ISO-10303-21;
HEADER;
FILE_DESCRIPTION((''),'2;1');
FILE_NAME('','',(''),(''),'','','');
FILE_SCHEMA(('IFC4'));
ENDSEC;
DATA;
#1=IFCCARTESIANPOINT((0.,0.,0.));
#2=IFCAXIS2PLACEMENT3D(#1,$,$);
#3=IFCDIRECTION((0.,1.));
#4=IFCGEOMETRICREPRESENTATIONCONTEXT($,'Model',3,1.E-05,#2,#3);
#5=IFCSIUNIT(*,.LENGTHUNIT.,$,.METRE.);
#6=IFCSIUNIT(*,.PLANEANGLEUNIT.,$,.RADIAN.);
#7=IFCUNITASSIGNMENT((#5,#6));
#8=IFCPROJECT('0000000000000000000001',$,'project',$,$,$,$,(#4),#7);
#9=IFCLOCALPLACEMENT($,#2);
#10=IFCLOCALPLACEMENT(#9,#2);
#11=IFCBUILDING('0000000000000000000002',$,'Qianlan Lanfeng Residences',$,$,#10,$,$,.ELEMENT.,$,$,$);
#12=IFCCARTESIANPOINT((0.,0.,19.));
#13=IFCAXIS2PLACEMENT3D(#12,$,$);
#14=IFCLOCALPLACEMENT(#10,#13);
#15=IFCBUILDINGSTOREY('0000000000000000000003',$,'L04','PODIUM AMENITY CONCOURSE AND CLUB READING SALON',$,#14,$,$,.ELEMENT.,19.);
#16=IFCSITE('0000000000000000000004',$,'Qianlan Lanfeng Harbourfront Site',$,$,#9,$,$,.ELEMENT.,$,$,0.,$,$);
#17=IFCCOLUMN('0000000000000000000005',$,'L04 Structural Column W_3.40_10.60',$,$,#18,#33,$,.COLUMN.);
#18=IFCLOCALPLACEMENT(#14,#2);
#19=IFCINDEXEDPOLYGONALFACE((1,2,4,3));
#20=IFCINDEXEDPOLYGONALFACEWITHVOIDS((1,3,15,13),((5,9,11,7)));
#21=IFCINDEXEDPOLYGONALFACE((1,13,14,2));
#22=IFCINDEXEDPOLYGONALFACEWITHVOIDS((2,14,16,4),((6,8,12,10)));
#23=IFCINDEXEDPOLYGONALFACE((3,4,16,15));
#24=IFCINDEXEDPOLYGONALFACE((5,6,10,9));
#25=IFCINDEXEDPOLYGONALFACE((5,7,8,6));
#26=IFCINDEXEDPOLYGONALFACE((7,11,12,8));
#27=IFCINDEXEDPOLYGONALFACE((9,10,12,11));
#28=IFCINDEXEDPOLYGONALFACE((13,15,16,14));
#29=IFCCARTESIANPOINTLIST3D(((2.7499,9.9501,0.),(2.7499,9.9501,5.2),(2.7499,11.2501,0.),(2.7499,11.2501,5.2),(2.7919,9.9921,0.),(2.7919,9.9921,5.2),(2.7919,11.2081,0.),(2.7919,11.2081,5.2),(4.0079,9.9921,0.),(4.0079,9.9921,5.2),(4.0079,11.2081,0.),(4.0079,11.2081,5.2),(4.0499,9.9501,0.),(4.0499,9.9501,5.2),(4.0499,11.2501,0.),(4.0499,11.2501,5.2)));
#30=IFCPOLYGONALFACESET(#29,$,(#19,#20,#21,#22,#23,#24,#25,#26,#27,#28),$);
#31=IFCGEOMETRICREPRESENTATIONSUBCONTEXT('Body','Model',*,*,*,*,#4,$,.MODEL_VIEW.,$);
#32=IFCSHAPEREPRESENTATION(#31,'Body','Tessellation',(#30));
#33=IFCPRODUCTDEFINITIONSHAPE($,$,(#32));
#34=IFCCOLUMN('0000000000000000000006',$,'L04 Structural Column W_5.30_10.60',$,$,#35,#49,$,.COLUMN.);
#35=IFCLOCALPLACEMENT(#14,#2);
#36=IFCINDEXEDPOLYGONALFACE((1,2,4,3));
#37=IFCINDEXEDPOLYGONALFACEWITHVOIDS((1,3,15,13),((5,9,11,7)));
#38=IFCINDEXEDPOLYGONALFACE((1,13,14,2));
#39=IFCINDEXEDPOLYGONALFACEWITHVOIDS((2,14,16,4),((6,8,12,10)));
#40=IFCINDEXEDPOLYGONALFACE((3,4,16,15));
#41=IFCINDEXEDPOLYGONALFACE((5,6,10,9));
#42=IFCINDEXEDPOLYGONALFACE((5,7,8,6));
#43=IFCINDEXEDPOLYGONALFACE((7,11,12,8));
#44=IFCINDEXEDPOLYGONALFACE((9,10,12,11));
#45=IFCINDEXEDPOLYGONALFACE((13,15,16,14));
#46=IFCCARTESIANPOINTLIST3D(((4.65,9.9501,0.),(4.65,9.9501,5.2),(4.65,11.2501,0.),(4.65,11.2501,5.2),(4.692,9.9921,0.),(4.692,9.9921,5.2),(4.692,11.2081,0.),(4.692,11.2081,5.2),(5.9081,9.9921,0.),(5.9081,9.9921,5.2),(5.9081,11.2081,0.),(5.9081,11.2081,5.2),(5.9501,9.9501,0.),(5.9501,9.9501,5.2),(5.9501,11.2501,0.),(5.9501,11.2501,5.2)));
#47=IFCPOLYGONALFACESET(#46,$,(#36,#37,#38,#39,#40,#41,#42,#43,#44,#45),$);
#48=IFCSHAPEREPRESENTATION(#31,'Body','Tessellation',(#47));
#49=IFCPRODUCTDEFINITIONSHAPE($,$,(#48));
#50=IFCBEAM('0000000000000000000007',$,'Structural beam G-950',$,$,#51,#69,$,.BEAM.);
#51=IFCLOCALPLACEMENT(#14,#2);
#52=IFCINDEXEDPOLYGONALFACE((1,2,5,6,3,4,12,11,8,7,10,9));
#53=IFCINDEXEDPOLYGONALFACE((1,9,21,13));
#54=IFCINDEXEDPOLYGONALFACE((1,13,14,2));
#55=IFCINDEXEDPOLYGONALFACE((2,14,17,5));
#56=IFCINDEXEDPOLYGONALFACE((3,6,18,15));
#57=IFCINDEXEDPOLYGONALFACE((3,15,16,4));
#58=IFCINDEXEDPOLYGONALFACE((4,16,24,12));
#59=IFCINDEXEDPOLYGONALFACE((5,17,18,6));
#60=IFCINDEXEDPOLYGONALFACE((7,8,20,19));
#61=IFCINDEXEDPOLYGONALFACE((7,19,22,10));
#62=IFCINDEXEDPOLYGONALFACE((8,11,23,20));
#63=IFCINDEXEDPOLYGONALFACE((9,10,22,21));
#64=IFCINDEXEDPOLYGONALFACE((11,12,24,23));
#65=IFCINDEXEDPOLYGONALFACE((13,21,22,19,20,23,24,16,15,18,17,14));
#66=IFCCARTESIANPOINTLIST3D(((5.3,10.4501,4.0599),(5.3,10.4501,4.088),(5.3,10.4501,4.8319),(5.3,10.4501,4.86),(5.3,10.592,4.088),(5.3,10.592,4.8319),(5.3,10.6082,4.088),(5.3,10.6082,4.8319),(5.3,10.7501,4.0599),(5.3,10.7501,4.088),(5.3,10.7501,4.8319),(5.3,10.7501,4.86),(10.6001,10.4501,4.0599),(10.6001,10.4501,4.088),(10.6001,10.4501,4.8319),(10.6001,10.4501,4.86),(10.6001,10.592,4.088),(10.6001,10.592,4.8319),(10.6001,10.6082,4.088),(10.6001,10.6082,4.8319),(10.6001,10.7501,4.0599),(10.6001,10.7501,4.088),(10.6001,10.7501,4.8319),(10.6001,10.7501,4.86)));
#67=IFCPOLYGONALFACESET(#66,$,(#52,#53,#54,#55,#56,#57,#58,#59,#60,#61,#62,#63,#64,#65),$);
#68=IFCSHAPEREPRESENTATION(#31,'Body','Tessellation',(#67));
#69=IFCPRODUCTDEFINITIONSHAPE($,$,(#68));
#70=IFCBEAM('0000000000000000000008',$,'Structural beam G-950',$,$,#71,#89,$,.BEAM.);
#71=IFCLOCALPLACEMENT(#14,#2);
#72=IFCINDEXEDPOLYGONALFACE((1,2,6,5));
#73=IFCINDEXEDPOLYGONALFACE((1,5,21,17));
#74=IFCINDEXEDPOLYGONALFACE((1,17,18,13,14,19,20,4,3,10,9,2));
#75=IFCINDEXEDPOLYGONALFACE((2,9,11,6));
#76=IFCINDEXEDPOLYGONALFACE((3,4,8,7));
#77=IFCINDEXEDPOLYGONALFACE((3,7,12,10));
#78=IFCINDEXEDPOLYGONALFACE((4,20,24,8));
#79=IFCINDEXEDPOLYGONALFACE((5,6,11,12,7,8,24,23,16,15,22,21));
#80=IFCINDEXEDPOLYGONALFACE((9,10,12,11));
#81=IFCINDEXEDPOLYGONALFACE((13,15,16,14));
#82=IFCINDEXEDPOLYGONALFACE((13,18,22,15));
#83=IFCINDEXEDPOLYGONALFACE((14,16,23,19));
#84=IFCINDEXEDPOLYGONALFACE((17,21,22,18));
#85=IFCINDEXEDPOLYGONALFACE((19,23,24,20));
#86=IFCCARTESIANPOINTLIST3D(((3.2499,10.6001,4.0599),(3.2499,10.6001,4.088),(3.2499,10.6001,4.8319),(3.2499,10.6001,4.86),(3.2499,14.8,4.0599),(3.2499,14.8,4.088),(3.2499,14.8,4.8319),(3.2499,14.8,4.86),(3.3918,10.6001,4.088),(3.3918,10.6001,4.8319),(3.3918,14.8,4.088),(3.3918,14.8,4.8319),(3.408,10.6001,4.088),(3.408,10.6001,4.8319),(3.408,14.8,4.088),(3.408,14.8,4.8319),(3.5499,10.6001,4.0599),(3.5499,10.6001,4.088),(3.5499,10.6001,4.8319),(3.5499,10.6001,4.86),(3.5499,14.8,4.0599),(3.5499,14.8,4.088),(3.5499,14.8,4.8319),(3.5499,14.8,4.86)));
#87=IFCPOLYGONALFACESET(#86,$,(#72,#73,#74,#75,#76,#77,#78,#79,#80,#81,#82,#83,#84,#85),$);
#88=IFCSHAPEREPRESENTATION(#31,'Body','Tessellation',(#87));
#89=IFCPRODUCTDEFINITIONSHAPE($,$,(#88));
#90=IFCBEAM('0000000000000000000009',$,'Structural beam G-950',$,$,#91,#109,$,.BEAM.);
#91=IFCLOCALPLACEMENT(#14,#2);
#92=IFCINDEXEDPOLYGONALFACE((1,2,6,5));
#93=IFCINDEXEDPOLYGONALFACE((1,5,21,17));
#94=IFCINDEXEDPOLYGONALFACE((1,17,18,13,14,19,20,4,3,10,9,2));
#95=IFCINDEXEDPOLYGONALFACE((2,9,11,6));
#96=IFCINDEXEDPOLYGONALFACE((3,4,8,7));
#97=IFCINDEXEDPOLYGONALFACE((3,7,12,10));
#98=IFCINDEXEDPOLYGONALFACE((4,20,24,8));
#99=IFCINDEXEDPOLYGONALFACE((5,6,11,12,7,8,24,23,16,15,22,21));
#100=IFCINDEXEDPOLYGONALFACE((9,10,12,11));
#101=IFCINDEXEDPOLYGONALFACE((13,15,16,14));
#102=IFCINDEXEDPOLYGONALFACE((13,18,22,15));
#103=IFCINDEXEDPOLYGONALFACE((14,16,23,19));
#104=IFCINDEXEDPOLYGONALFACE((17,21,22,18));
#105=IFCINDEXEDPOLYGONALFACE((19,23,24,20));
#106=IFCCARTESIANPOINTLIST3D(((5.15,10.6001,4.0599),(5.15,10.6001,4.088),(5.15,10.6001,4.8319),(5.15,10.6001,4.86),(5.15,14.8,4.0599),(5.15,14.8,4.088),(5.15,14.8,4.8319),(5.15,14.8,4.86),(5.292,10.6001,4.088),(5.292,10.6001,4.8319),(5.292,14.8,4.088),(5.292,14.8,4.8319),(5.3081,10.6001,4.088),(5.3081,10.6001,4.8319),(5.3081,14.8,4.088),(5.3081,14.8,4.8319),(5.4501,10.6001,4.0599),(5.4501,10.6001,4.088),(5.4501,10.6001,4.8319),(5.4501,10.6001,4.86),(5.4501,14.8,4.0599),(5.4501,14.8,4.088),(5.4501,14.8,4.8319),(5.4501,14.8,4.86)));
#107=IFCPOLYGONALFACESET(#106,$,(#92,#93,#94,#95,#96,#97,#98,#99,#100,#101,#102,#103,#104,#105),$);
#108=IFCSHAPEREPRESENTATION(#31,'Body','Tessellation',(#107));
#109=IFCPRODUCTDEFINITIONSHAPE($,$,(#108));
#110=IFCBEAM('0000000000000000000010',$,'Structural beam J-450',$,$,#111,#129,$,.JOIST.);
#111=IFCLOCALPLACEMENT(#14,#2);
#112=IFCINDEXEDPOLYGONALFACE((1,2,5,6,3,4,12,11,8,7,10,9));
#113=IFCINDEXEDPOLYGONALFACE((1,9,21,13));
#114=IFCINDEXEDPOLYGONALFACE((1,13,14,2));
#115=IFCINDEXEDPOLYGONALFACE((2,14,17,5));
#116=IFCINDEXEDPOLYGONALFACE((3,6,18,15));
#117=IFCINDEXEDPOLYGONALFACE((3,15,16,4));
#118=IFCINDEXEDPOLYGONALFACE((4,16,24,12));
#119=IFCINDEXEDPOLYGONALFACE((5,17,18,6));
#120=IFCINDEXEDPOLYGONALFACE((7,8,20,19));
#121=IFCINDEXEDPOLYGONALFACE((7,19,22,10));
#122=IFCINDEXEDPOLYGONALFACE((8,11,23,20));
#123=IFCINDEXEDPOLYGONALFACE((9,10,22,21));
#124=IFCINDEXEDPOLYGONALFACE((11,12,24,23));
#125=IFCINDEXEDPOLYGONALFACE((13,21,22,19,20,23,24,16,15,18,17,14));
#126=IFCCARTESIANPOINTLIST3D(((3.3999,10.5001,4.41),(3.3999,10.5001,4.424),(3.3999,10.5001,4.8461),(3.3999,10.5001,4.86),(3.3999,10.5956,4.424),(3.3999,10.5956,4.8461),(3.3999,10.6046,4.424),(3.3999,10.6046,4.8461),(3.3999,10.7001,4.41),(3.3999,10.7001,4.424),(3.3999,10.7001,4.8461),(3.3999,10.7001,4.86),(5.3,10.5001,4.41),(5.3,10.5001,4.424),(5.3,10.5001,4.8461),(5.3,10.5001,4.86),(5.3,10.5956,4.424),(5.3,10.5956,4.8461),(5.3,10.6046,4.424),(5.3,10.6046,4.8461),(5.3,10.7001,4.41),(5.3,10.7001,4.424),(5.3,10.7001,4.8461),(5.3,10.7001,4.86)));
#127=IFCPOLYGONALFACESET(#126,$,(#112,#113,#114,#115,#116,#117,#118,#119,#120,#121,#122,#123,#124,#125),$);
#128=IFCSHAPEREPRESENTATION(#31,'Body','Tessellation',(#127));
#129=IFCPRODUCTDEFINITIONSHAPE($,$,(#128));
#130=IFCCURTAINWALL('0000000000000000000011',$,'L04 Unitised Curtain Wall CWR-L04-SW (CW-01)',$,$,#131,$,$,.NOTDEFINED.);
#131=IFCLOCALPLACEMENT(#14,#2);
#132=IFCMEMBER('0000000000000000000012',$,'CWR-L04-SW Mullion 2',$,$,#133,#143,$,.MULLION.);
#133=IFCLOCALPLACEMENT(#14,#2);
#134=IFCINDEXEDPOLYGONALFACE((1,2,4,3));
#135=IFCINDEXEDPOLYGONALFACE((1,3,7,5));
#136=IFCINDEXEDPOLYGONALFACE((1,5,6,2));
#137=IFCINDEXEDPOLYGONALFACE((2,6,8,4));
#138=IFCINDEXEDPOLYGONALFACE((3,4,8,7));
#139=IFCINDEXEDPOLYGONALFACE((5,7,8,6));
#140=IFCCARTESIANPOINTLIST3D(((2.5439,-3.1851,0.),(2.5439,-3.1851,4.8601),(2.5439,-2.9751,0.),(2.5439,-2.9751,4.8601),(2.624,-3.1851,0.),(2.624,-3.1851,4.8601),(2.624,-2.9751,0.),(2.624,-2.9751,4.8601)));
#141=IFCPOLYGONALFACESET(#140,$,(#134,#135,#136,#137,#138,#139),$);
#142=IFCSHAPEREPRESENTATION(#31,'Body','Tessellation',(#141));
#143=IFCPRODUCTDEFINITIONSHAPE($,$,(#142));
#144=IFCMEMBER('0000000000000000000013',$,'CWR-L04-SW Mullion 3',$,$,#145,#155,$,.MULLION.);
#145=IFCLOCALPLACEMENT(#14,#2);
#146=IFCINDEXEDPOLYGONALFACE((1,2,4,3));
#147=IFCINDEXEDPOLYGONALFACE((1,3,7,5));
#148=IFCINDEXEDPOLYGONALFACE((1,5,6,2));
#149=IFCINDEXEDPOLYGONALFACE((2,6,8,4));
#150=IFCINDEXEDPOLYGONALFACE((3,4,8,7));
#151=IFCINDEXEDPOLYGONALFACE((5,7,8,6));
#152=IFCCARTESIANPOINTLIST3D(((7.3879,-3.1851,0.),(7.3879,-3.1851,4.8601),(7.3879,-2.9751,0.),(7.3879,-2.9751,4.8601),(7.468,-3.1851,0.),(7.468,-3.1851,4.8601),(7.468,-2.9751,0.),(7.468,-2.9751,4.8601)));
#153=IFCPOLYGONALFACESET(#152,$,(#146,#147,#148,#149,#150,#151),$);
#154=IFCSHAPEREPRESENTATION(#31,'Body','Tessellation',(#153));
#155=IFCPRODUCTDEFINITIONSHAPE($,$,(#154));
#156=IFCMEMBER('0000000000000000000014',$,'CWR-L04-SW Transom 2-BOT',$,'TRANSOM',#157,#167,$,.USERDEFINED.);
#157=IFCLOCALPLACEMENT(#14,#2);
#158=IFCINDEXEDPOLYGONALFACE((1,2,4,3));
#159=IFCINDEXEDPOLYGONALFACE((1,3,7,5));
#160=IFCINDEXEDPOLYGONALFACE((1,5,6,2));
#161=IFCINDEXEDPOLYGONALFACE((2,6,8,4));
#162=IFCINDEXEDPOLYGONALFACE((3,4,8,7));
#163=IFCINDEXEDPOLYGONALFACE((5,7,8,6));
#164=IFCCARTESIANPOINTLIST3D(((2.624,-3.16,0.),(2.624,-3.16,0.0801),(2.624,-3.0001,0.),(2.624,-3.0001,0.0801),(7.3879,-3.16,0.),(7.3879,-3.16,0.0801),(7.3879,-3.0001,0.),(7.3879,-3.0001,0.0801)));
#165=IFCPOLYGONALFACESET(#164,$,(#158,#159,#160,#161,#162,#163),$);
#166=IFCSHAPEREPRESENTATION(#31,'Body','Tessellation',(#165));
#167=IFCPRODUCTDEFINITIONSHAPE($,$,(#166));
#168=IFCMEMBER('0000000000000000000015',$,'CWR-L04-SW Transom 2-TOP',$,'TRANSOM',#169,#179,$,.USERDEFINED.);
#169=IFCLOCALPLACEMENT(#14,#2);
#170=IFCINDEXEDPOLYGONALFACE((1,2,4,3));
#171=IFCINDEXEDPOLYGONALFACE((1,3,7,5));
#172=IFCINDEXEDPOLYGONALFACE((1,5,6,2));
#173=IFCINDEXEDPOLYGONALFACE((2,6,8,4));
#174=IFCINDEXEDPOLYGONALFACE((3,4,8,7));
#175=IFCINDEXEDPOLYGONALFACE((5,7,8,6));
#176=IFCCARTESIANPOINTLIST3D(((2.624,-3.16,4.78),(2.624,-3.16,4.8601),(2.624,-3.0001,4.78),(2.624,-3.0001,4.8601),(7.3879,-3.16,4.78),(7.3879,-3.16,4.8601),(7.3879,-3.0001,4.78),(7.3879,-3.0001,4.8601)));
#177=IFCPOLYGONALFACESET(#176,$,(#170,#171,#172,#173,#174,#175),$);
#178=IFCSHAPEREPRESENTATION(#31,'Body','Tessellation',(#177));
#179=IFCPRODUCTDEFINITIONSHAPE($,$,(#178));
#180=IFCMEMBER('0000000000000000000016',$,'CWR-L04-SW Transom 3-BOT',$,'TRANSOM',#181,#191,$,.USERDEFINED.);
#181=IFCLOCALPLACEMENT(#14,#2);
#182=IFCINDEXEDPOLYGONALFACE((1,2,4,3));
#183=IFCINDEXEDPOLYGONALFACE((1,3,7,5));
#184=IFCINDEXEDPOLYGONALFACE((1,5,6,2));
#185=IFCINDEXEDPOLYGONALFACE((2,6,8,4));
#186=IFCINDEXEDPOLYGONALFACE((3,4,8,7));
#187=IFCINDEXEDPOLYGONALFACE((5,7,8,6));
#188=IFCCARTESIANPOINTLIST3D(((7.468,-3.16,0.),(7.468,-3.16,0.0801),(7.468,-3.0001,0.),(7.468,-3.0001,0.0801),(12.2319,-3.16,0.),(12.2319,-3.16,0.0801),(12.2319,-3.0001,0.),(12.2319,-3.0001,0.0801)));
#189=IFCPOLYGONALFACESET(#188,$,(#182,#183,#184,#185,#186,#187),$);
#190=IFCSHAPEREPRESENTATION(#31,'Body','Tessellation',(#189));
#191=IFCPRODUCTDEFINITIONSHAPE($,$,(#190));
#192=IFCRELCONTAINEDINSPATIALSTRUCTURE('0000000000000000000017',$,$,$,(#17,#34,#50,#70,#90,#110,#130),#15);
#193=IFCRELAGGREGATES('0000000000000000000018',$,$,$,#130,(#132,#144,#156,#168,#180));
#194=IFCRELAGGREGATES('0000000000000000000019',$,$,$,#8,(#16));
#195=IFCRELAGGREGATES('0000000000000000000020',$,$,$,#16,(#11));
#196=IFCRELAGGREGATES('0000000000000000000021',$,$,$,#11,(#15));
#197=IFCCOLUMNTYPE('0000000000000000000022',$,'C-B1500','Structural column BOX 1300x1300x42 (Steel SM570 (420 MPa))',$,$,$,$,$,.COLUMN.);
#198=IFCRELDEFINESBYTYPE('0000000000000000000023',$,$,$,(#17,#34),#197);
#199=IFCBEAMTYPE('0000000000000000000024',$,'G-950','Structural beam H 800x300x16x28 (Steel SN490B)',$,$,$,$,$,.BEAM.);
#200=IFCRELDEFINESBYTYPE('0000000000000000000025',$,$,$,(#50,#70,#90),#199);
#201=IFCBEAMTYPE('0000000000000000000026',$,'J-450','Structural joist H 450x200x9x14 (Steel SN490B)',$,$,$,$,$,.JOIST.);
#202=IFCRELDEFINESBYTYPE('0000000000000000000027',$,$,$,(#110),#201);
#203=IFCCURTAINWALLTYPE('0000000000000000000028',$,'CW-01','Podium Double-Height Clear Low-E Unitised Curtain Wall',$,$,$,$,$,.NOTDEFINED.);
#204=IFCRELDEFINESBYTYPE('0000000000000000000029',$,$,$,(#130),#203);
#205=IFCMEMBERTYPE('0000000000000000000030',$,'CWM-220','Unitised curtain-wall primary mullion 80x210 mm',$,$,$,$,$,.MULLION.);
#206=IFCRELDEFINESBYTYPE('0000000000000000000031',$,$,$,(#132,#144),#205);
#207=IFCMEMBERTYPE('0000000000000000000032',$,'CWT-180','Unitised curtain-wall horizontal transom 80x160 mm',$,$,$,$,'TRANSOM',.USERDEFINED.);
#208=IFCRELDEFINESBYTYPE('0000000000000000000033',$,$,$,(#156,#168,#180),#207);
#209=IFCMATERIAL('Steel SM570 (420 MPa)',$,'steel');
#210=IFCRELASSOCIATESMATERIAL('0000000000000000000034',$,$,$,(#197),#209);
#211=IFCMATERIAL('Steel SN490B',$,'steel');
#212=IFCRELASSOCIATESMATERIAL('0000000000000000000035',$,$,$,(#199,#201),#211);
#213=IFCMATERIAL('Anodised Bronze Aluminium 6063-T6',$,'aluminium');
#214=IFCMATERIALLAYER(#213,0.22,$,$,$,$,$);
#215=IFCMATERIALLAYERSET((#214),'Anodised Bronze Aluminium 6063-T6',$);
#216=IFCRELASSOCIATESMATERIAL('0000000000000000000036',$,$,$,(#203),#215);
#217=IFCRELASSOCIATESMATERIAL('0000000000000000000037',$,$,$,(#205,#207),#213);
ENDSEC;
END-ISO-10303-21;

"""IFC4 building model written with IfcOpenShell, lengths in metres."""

from ifc_helpers import new_model, si_unit, direction, frame, origin, origin_2d, place, context, subcontext, project, spatial, rectangle, hollow_rectangle, i_section, extrude, source, transform, mapped, material, layer, layer_set, material_profile, profile_set, type_object, element, aggregate, save


model = new_model("IFC4")

# Units and contexts
model_context = context("Model", 3, precision=1e-05, world=origin(), true_north=direction((0.0, 1.0)))
body_context = subcontext(model_context, "Body", "Model", "MODEL_VIEW")
ifc_project = project(units=[si_unit("LENGTHUNIT", "METRE"), si_unit("PLANEANGLEUNIT", "RADIAN")], contexts=[model_context])

# Site, building, storey
site_placement = place(None, origin())
site = spatial("IfcSite", under=ifc_project, at=site_placement, Name="Qianlan Lanfeng Harbourfront Site", CompositionType="ELEMENT", RefElevation=0.0)
building_placement = place(site_placement, origin())
building = spatial("IfcBuilding", under=site, at=building_placement, Name="Qianlan Lanfeng Residences", CompositionType="ELEMENT")
storey_placement = place(building_placement, frame((0.0, 0.0, 19.0)))
storey = spatial("IfcBuildingStorey", under=building, at=storey_placement, Name="L04", Description="PODIUM AMENITY CONCOURSE AND CLUB READING SALON", CompositionType="ELEMENT", Elevation=19.0)

# Columns
ifc_material_1 = material(Name="Steel SM570 (420 MPa)", Category="steel")
ifc_material_profile_1 = material_profile(ifc_material_1, hollow_rectangle(XDim=1.3, YDim=1.3, WallThickness=0.042, at=origin_2d()), Name="BOX 1300x1300x42")
ifc_profile_set_1 = profile_set([ifc_material_profile_1], Name="Steel SM570 (420 MPa)")
column_type = type_object("IfcColumnType", Name="C-B1500", Description="Structural column BOX 1300x1300x42 (Steel SM570 (420 MPa))", PredefinedType="COLUMN", material=ifc_profile_set_1)
for number, where, z_axis, x_axis, name in (
    (1, (3.3999, 10.6001, 0.0), (0.0, 0.0, 1.0), (1.0, 0.0, 0.0), "L04 Structural Column W_3.40_10.60"),
    (2, (5.3, 10.6001, 0.0), (0.0, 0.0, 1.0), (1.0, 0.0, 0.0), "L04 Structural Column W_5.30_10.60"),
):
    element("IfcColumn", number, at=place(storey_placement, frame(where, z_axis=z_axis, x_axis=x_axis)), inside=storey, type_object=column_type, Name=name, PredefinedType="COLUMN", context=body_context, shape_type="SweptSolid", body=[
        extrude(hollow_rectangle(XDim=1.3, YDim=1.3, WallThickness=0.042, at=origin_2d()), origin(), (0.0, 0.0, 1.0), 5.2),
    ])

# Beams
ifc_material_2 = material(Name="Steel SN490B", Category="steel")
ifc_material_profile_2 = material_profile(ifc_material_2, i_section(OverallWidth=0.3, OverallDepth=0.8, WebThickness=0.0161, FlangeThickness=0.0281, at=origin_2d()), Name="H 800x300x16x28")
ifc_profile_set_2 = profile_set([ifc_material_profile_2], Name="Steel SN490B")
beam_type_1 = type_object("IfcBeamType", Name="G-950", Description="Structural beam H 800x300x16x28 (Steel SN490B)", PredefinedType="BEAM", material=ifc_profile_set_2)
beam_1_placement = place(storey_placement, frame((5.3, 10.6001, 4.46), z_axis=(1.0, 0.0, 0.0), x_axis=(0.0, 1.0, 0.0)))
element("IfcBeam", 3, at=beam_1_placement, inside=storey, type_object=beam_type_1, Name="Structural beam G-950", PredefinedType="BEAM", context=body_context, shape_type="SweptSolid", body=[
    extrude(i_section(OverallWidth=0.3, OverallDepth=0.8, WebThickness=0.0161, FlangeThickness=0.0281, at=origin_2d()), origin(), (0.0, 0.0, 1.0), 5.3),
])
for number, where, z_axis, x_axis, name in (
    (4, (3.3999, 10.6001, 4.46), (0.0, 1.0, 0.0), (-1.0, 0.0, 0.0), "Structural beam G-950"),
    (5, (5.3, 10.6001, 4.46), (0.0, 1.0, 0.0), (-1.0, 0.0, 0.0), "Structural beam G-950"),
):
    element("IfcBeam", number, at=place(storey_placement, frame(where, z_axis=z_axis, x_axis=x_axis)), inside=storey, type_object=beam_type_1, Name=name, PredefinedType="BEAM", context=body_context, shape_type="SweptSolid", body=[
        extrude(i_section(OverallWidth=0.3, OverallDepth=0.8, WebThickness=0.0161, FlangeThickness=0.0281, at=origin_2d()), origin(), (0.0, 0.0, 1.0), 4.2),
    ])
ifc_material_profile_3 = material_profile(ifc_material_2, i_section(OverallWidth=0.2, OverallDepth=0.45, WebThickness=0.009, FlangeThickness=0.0139, at=origin_2d()), Name="H 450x200x9x14")
ifc_profile_set_3 = profile_set([ifc_material_profile_3], Name="Steel SN490B")
beam_type_2 = type_object("IfcBeamType", Name="J-450", Description="Structural joist H 450x200x9x14 (Steel SN490B)", PredefinedType="JOIST", material=ifc_profile_set_3)
beam_2_placement = place(storey_placement, frame((3.3999, 10.6001, 4.635), z_axis=(1.0, 0.0, 0.0), x_axis=(0.0, 1.0, 0.0)))
element("IfcBeam", 6, at=beam_2_placement, inside=storey, type_object=beam_type_2, Name="Structural beam J-450", PredefinedType="JOIST", context=body_context, shape_type="SweptSolid", body=[
    extrude(i_section(OverallWidth=0.2, OverallDepth=0.45, WebThickness=0.009, FlangeThickness=0.0139, at=origin_2d()), origin(), (0.0, 0.0, 1.0), 1.9001),
])

# Curtain wall, members
ifc_material_3 = material(Name="Anodised Bronze Aluminium 6063-T6", Category="aluminium")
ifc_layer_1 = layer(ifc_material_3, 0.22)
ifc_layer_set_1 = layer_set([ifc_layer_1], Name="Anodised Bronze Aluminium 6063-T6")
curtain_wall_type = type_object("IfcCurtainWallType", Name="CW-01", Description="Podium Double-Height Clear Low-E Unitised Curtain Wall", PredefinedType="NOTDEFINED", material=ifc_layer_set_1)
curtain_wall_placement = place(storey_placement, origin())
curtain_wall = element("IfcCurtainWall", 7, at=curtain_wall_placement, inside=storey, type_object=curtain_wall_type, Name="L04 Unitised Curtain Wall CWR-L04-SW (CW-01)", PredefinedType="NOTDEFINED")
ifc_material_profile_4 = material_profile(ifc_material_3, rectangle(XDim=0.0801, YDim=0.21, at=origin_2d()), Name="ALU MULLION 80x210")
ifc_profile_set_4 = profile_set([ifc_material_profile_4], Name="Anodised Bronze Aluminium 6063-T6")
member_type_1 = type_object("IfcMemberType", Name="CWM-220", Description="Unitised curtain-wall primary mullion 80x210 mm", PredefinedType="MULLION", material=ifc_profile_set_4)
shared_shape_1 = source(origin(), body_context, "Body", "SweptSolid", [
    extrude(rectangle(XDim=0.0801, YDim=0.21, at=origin_2d()), origin(), (0.0, 0.0, 1.0), 4.8601),
])
member_1_placement = place(storey_placement, frame((2.584, -3.0801, 0.0), z_axis=(0.0, 0.0, 1.0), x_axis=(1.0, 0.0, 0.0)))
member_1 = element("IfcMember", 8, at=member_1_placement, type_object=member_type_1, Name="CWR-L04-SW Mullion 2", PredefinedType="MULLION", context=body_context, shape_type="MappedRepresentation", body=[
    mapped(shared_shape_1, transform((0.0, 0.0, 0.0), scale=1.0)),
])
member_2_placement = place(storey_placement, frame((7.428, -3.0801, 0.0), z_axis=(0.0, 0.0, 1.0), x_axis=(1.0, 0.0, 0.0)))
member_2 = element("IfcMember", 9, at=member_2_placement, type_object=member_type_1, Name="CWR-L04-SW Mullion 3", PredefinedType="MULLION", context=body_context, shape_type="MappedRepresentation", body=[
    mapped(shared_shape_1, transform((0.0, 0.0, 0.0), scale=1.0)),
])
ifc_material_profile_5 = material_profile(ifc_material_3, rectangle(XDim=0.0801, YDim=0.1599, at=origin_2d()), Name="ALU TRANSOM 80x160")
ifc_profile_set_5 = profile_set([ifc_material_profile_5], Name="Anodised Bronze Aluminium 6063-T6")
member_type_2 = type_object("IfcMemberType", Name="CWT-180", Description="Unitised curtain-wall horizontal transom 80x160 mm", ElementType="TRANSOM", PredefinedType="USERDEFINED", material=ifc_profile_set_5)
shared_shape_2 = source(origin(), body_context, "Body", "SweptSolid", [
    extrude(rectangle(XDim=0.0801, YDim=0.1599, at=origin_2d()), origin(), (0.0, 0.0, 1.0), 4.7639),
])
member_3_placement = place(storey_placement, frame((2.624, -3.0801, 0.04), z_axis=(1.0, 0.0, 0.0), x_axis=(0.0, 0.0, 1.0)))
member_3 = element("IfcMember", 10, at=member_3_placement, type_object=member_type_2, Name="CWR-L04-SW Transom 2-BOT", ObjectType="TRANSOM", PredefinedType="USERDEFINED", context=body_context, shape_type="MappedRepresentation", body=[
    mapped(shared_shape_2, transform((0.0, 0.0, 0.0), scale=1.0)),
])
member_4_placement = place(storey_placement, frame((2.624, -3.0801, 4.8201), z_axis=(1.0, 0.0, 0.0), x_axis=(0.0, 0.0, 1.0)))
member_4 = element("IfcMember", 11, at=member_4_placement, type_object=member_type_2, Name="CWR-L04-SW Transom 2-TOP", ObjectType="TRANSOM", PredefinedType="USERDEFINED", context=body_context, shape_type="MappedRepresentation", body=[
    mapped(shared_shape_2, transform((0.0, 0.0, 0.0), scale=1.0)),
])
member_5_placement = place(storey_placement, frame((7.468, -3.0801, 0.04), z_axis=(1.0, 0.0, 0.0), x_axis=(0.0, 0.0, 1.0)))
member_5 = element("IfcMember", 12, at=member_5_placement, type_object=member_type_2, Name="CWR-L04-SW Transom 3-BOT", ObjectType="TRANSOM", PredefinedType="USERDEFINED", context=body_context, shape_type="MappedRepresentation", body=[
    mapped(shared_shape_2, transform((0.0, 0.0, 0.0), scale=1.0)),
])
aggregate(curtain_wall, [member_1, member_2, member_3, member_4, member_5])

save(model, "model.ifc")
